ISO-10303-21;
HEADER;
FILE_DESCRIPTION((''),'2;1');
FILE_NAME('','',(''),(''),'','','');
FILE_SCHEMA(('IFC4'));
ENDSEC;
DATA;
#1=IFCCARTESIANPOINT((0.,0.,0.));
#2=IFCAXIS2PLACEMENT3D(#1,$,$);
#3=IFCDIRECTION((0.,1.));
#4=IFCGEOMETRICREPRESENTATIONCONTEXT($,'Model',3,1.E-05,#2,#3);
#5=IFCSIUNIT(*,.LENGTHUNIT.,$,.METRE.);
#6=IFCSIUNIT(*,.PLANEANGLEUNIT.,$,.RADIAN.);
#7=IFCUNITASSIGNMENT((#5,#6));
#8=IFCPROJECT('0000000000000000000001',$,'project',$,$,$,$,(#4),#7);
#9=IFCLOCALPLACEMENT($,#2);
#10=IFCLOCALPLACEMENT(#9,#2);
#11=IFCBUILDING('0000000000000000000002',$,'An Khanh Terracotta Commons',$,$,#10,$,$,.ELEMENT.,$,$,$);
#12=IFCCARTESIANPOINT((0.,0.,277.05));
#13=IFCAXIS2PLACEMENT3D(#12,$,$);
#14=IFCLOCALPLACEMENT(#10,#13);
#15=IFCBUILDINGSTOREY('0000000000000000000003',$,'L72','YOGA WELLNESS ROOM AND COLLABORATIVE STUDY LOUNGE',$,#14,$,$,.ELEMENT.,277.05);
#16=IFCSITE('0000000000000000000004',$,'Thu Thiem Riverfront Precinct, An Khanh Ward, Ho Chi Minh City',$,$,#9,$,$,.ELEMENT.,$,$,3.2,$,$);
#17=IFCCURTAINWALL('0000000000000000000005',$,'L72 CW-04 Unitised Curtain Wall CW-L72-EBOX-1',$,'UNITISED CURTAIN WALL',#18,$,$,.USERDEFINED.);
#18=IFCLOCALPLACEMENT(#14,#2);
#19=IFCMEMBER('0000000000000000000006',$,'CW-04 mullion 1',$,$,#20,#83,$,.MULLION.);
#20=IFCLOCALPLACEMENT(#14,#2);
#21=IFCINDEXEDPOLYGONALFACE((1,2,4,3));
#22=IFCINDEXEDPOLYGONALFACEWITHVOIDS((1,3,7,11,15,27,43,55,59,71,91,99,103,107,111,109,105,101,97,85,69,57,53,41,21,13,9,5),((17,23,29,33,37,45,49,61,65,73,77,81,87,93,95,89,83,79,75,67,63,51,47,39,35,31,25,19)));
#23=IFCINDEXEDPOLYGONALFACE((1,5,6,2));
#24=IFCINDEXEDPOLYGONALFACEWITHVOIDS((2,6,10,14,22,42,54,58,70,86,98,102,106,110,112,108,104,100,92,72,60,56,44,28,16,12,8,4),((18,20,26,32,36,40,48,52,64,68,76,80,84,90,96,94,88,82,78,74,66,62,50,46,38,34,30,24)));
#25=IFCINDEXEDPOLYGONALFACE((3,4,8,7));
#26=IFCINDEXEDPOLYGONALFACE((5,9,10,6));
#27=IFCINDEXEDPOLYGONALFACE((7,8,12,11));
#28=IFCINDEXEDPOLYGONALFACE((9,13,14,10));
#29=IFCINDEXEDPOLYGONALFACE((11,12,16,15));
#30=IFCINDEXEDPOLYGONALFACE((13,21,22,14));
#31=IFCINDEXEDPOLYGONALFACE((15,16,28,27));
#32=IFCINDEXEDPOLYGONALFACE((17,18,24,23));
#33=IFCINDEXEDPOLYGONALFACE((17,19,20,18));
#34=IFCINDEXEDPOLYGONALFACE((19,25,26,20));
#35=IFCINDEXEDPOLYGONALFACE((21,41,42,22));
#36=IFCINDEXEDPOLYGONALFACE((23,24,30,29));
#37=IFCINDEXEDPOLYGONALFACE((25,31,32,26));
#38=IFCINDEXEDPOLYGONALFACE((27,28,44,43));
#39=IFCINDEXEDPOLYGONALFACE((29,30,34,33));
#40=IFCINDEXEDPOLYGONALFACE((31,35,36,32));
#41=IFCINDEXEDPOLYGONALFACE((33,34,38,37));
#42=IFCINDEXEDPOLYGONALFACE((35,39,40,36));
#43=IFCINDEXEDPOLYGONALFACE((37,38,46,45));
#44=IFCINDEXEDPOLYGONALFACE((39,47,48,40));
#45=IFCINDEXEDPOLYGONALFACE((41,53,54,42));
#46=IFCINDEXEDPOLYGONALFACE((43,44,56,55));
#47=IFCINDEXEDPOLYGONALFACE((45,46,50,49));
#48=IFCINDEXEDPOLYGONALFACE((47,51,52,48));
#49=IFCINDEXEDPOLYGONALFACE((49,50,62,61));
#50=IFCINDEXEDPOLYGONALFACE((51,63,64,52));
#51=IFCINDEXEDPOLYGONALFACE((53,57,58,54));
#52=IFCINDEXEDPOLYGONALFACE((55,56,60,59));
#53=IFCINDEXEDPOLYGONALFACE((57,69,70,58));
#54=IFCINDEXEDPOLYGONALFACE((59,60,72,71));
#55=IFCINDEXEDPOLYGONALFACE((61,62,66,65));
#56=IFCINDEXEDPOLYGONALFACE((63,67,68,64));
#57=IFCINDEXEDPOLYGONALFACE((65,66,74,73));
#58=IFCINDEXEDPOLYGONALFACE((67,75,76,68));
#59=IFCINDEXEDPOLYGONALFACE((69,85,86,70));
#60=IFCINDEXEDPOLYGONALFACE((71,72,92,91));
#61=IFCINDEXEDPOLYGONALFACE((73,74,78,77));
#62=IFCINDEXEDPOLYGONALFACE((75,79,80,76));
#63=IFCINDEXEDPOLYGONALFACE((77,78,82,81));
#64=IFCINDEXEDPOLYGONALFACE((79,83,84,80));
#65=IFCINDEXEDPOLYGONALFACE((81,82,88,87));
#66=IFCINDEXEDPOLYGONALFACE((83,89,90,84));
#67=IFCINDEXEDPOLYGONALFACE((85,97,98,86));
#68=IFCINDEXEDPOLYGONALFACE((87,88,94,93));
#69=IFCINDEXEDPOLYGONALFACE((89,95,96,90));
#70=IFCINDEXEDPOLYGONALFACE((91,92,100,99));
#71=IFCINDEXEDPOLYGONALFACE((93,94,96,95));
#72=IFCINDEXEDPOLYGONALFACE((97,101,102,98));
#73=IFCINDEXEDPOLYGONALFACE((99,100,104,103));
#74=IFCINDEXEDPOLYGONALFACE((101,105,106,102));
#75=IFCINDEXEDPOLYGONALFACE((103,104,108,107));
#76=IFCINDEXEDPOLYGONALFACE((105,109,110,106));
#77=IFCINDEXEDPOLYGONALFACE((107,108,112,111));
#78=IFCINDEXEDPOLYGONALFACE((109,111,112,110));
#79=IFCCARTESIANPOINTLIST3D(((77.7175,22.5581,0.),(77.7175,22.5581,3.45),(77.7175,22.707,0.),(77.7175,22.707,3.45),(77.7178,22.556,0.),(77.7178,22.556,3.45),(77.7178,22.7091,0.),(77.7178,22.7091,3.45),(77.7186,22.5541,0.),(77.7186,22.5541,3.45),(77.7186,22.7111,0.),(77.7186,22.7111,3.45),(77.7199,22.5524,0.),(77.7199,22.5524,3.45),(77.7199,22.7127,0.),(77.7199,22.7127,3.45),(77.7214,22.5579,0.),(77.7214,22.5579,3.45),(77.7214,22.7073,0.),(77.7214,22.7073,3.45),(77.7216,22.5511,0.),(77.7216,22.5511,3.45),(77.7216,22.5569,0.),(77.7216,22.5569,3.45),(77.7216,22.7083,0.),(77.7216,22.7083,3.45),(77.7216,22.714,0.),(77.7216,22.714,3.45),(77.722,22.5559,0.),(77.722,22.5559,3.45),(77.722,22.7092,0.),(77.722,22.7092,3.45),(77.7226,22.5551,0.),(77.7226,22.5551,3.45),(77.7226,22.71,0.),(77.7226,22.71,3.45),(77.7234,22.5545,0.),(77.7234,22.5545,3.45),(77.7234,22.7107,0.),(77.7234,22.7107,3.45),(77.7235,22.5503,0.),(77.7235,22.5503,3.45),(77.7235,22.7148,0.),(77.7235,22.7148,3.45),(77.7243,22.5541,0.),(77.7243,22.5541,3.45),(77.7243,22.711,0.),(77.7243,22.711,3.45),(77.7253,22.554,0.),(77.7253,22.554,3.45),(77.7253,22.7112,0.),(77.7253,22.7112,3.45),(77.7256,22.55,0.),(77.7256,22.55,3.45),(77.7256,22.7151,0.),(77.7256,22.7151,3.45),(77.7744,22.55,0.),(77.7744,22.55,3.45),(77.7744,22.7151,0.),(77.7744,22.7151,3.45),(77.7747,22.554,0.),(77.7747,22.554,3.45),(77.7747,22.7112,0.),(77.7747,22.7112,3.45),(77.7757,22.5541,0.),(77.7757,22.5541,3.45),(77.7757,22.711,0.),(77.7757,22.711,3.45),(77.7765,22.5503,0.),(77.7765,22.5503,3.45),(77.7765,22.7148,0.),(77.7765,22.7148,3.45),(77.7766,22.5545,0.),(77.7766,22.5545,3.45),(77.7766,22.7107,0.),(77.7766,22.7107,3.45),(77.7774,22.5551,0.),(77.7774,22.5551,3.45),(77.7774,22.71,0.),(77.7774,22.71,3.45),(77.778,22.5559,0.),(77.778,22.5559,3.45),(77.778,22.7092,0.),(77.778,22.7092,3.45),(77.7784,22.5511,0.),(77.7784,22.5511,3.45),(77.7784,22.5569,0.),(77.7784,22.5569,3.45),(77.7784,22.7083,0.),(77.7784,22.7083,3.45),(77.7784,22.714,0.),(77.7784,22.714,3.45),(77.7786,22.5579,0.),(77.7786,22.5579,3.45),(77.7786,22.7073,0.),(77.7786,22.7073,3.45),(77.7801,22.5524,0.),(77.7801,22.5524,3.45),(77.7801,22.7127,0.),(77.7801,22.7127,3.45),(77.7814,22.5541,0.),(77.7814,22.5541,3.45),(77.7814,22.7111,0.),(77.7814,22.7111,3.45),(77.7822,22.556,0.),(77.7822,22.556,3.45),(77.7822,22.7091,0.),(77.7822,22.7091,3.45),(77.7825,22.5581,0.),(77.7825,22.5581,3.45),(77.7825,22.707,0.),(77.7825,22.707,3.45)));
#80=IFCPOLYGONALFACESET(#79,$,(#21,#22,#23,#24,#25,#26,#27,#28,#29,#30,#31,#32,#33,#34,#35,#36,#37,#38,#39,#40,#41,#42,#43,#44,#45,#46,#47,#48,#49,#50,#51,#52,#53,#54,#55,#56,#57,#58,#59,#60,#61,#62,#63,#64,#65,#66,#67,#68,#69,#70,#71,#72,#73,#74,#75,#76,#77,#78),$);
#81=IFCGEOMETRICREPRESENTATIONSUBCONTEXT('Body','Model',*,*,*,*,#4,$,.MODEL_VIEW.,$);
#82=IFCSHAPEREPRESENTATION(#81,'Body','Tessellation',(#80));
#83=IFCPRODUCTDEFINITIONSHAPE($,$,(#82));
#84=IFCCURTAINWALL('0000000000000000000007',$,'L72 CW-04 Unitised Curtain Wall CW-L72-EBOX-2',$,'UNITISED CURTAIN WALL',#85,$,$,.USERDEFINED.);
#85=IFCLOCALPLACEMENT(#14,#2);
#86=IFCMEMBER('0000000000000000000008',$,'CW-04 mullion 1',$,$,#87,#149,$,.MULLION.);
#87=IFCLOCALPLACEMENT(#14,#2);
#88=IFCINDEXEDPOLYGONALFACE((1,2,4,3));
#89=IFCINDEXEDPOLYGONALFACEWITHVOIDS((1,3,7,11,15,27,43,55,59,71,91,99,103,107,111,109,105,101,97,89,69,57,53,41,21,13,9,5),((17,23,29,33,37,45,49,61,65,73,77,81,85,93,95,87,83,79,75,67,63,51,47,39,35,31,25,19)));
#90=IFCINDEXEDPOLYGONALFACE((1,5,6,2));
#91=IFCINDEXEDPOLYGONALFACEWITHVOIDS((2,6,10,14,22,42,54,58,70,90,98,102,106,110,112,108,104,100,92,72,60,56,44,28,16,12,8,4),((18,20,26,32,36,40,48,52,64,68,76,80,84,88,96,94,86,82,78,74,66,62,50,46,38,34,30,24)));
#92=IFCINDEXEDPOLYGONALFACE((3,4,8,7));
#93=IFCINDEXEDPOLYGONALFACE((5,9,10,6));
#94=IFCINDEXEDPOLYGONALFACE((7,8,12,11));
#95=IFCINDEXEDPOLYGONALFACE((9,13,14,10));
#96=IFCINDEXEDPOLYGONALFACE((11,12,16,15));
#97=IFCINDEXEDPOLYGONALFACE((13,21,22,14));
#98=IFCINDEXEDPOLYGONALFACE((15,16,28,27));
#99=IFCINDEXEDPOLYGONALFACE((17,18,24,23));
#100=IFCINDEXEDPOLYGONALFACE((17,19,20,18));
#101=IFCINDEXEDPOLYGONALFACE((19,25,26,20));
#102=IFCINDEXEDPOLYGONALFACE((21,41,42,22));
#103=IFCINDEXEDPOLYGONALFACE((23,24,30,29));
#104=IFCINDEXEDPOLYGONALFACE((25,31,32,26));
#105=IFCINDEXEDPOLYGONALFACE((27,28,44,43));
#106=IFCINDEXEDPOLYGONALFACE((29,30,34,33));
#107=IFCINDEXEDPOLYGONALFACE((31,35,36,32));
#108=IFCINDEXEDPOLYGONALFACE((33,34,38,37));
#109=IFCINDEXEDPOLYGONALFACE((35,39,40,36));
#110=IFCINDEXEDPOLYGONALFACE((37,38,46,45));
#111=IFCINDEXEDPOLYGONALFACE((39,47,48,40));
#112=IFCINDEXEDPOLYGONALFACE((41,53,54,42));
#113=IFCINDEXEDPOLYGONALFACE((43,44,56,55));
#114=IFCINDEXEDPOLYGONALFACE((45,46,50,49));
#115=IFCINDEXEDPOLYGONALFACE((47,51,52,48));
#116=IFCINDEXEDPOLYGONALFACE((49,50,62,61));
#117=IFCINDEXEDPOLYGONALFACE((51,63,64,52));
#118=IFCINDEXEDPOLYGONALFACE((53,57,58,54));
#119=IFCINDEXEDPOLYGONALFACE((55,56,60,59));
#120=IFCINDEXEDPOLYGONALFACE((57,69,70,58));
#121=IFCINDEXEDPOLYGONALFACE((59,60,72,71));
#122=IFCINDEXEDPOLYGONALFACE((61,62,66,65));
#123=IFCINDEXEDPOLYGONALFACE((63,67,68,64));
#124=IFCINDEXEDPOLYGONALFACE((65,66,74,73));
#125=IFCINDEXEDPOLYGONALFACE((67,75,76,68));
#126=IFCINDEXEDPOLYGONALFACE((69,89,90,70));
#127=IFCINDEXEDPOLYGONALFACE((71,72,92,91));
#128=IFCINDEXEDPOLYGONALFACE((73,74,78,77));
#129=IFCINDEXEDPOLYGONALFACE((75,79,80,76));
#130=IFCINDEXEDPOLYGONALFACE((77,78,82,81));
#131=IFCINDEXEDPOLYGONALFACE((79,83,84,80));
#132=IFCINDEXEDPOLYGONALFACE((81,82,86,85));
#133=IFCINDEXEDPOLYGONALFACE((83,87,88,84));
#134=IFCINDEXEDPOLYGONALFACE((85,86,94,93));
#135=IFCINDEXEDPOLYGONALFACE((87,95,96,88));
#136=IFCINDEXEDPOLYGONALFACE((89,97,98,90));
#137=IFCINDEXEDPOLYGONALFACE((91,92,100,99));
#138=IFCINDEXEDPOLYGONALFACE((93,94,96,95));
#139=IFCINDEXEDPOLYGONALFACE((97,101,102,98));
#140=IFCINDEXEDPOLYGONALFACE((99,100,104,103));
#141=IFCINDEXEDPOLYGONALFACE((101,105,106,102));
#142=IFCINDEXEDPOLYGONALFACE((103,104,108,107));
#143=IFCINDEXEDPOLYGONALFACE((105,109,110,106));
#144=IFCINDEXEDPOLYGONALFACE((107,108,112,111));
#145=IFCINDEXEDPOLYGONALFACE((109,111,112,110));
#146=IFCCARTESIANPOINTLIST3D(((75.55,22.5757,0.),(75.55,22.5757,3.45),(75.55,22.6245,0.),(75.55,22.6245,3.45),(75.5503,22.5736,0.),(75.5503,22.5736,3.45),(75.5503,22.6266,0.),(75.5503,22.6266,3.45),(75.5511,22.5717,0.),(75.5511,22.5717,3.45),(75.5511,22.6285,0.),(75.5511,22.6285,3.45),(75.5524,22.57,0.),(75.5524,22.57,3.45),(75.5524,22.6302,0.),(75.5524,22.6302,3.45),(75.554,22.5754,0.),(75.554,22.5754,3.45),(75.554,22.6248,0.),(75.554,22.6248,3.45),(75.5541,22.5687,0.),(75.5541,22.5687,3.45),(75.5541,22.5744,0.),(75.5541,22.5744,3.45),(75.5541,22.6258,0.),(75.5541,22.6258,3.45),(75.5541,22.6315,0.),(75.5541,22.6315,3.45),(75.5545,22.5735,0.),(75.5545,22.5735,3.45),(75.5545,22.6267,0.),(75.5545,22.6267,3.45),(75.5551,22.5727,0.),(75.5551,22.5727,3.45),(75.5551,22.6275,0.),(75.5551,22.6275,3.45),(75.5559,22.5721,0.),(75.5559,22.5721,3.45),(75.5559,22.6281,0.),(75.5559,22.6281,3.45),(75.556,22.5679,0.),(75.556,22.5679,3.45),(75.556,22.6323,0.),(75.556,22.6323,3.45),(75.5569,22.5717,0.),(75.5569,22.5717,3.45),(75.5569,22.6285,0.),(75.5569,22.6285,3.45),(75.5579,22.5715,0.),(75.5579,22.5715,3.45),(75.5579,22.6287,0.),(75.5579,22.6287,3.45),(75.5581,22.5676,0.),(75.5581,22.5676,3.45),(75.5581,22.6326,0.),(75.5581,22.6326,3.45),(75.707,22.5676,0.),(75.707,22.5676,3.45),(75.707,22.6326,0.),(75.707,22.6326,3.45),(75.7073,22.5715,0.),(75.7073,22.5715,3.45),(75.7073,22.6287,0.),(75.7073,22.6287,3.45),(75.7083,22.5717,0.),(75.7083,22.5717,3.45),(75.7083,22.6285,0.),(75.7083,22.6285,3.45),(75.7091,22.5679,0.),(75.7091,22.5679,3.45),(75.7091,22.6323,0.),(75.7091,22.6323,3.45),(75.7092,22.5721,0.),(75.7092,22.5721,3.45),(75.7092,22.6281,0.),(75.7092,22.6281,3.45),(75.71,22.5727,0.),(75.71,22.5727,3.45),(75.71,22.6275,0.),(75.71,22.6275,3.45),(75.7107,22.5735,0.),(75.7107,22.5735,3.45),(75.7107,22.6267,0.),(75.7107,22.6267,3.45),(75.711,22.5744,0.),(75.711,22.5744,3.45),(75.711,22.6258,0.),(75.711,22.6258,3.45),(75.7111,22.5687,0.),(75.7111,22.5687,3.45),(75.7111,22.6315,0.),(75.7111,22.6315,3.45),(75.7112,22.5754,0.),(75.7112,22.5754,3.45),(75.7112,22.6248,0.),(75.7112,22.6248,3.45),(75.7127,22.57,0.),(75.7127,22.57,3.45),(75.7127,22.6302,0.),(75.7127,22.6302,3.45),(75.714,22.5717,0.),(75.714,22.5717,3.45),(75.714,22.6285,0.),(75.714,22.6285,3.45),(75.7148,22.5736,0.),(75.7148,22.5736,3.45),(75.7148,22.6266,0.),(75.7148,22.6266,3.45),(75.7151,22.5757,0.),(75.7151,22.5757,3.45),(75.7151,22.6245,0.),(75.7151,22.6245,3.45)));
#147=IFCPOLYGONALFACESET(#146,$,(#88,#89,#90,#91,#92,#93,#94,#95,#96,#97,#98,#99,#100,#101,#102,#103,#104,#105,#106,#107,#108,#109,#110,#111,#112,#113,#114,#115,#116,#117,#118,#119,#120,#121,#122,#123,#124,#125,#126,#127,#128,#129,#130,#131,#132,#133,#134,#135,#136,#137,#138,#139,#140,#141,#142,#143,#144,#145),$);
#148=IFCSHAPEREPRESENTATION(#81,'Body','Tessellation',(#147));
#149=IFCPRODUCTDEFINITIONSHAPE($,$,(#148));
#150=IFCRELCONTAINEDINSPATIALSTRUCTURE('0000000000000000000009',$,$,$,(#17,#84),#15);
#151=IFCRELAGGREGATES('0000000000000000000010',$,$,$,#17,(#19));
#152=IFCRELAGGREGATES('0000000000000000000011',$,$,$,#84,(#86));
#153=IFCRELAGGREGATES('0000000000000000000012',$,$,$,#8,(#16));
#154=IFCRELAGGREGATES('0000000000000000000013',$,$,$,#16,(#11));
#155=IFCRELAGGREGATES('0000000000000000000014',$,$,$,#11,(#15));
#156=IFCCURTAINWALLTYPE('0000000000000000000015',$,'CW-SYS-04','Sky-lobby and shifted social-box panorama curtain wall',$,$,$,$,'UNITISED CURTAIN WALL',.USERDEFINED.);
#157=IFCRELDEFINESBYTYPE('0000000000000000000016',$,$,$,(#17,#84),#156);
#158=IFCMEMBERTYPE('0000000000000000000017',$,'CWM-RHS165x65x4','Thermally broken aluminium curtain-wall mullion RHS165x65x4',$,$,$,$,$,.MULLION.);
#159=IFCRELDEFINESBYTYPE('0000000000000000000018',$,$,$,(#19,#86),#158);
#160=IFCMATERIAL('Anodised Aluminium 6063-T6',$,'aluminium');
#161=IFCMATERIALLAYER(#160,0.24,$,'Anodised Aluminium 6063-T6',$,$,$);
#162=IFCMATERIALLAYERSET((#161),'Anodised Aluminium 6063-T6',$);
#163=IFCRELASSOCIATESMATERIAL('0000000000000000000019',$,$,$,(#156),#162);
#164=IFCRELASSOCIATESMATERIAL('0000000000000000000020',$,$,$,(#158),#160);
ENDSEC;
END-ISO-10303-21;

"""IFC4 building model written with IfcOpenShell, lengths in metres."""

from ifc_helpers import new_model, si_unit, direction, frame, origin, origin_2d, place, context, subcontext, project, spatial, hollow_rectangle, extrude, material, layer, layer_set, material_profile, profile_set, type_object, element, aggregate, save


model = new_model("IFC4")

# Units and contexts
model_context = context("Model", 3, precision=1e-05, world=origin(), true_north=direction((0.0, 1.0)))
body_context = subcontext(model_context, "Body", "Model", "MODEL_VIEW")
ifc_project = project(units=[si_unit("LENGTHUNIT", "METRE"), si_unit("PLANEANGLEUNIT", "RADIAN")], contexts=[model_context])

# Site, building, storey
site_placement = place(None, origin())
site = spatial("IfcSite", under=ifc_project, at=site_placement, Name="Thu Thiem Riverfront Precinct, An Khanh Ward, Ho Chi Minh City", CompositionType="ELEMENT", RefElevation=3.2)
building_placement = place(site_placement, origin())
building = spatial("IfcBuilding", under=site, at=building_placement, Name="An Khanh Terracotta Commons", CompositionType="ELEMENT")
storey_placement = place(building_placement, frame((0.0, 0.0, 277.05)))
storey = spatial("IfcBuildingStorey", under=building, at=storey_placement, Name="L72", Description="YOGA WELLNESS ROOM AND COLLABORATIVE STUDY LOUNGE", CompositionType="ELEMENT", Elevation=277.05)

# Curtain wall, member
ifc_material_1 = material(Name="Anodised Aluminium 6063-T6", Category="aluminium")
ifc_layer_1 = layer(ifc_material_1, 0.24, Name="Anodised Aluminium 6063-T6")
ifc_layer_set_1 = layer_set([ifc_layer_1], Name="Anodised Aluminium 6063-T6")
curtain_wall_type_1 = type_object("IfcCurtainWallType", Name="CW-SYS-04", Description="Sky-lobby and shifted social-box panorama curtain wall", ElementType="UNITISED CURTAIN WALL", PredefinedType="USERDEFINED", material=ifc_layer_set_1)
curtain_wall_1_placement = place(storey_placement, origin())
curtain_wall_1 = element("IfcCurtainWall", 1, at=curtain_wall_1_placement, inside=storey, type_object=curtain_wall_type_1, Name="L72 CW-04 Unitised Curtain Wall CW-L72-EBOX-1", ObjectType="UNITISED CURTAIN WALL", PredefinedType="USERDEFINED")
ifc_material_profile_1 = material_profile(ifc_material_1, hollow_rectangle(XDim=0.0649, YDim=0.165, WallThickness=0.0039, InnerFilletRadius=0.0039, OuterFilletRadius=0.0081, at=origin_2d()), Name="RHS165x65x4")
ifc_profile_set_1 = profile_set([ifc_material_profile_1], Name="Anodised Aluminium 6063-T6")
member_type_1 = type_object("IfcMemberType", Name="CWM-RHS165x65x4", Description="Thermally broken aluminium curtain-wall mullion RHS165x65x4", PredefinedType="MULLION", material=ifc_profile_set_1)
member_1_placement = place(storey_placement, frame((77.75, 22.6326, 0.0), z_axis=(0.0, 0.0, 1.0), x_axis=(-1.0, 0.0, 0.0)))
member_1 = element("IfcMember", 2, at=member_1_placement, type_object=member_type_1, Name="CW-04 mullion 1", PredefinedType="MULLION", context=body_context, shape_type="SweptSolid", body=[
    extrude(hollow_rectangle(XDim=0.0649, YDim=0.165, WallThickness=0.0039, InnerFilletRadius=0.0039, OuterFilletRadius=0.0081, at=origin_2d()), origin(), (0.0, 0.0, 1.0), 3.45),
])

# Curtain wall, member
curtain_wall_2_placement = place(storey_placement, origin())
curtain_wall_2 = element("IfcCurtainWall", 3, at=curtain_wall_2_placement, inside=storey, type_object=curtain_wall_type_1, Name="L72 CW-04 Unitised Curtain Wall CW-L72-EBOX-2", ObjectType="UNITISED CURTAIN WALL", PredefinedType="USERDEFINED")
member_2_placement = place(storey_placement, frame((75.6326, 22.6001, 0.0), z_axis=(0.0, 0.0, 1.0), x_axis=(0.0, 1.0, 0.0)))
member_2 = element("IfcMember", 4, at=member_2_placement, type_object=member_type_1, Name="CW-04 mullion 1", PredefinedType="MULLION", context=body_context, shape_type="SweptSolid", body=[
    extrude(hollow_rectangle(XDim=0.0649, YDim=0.165, WallThickness=0.0039, InnerFilletRadius=0.0039, OuterFilletRadius=0.0081, at=origin_2d()), origin(), (0.0, 0.0, 1.0), 3.45),
])

aggregate(curtain_wall_1, [member_1])
aggregate(curtain_wall_2, [member_2])

save(model, "model.ifc")
